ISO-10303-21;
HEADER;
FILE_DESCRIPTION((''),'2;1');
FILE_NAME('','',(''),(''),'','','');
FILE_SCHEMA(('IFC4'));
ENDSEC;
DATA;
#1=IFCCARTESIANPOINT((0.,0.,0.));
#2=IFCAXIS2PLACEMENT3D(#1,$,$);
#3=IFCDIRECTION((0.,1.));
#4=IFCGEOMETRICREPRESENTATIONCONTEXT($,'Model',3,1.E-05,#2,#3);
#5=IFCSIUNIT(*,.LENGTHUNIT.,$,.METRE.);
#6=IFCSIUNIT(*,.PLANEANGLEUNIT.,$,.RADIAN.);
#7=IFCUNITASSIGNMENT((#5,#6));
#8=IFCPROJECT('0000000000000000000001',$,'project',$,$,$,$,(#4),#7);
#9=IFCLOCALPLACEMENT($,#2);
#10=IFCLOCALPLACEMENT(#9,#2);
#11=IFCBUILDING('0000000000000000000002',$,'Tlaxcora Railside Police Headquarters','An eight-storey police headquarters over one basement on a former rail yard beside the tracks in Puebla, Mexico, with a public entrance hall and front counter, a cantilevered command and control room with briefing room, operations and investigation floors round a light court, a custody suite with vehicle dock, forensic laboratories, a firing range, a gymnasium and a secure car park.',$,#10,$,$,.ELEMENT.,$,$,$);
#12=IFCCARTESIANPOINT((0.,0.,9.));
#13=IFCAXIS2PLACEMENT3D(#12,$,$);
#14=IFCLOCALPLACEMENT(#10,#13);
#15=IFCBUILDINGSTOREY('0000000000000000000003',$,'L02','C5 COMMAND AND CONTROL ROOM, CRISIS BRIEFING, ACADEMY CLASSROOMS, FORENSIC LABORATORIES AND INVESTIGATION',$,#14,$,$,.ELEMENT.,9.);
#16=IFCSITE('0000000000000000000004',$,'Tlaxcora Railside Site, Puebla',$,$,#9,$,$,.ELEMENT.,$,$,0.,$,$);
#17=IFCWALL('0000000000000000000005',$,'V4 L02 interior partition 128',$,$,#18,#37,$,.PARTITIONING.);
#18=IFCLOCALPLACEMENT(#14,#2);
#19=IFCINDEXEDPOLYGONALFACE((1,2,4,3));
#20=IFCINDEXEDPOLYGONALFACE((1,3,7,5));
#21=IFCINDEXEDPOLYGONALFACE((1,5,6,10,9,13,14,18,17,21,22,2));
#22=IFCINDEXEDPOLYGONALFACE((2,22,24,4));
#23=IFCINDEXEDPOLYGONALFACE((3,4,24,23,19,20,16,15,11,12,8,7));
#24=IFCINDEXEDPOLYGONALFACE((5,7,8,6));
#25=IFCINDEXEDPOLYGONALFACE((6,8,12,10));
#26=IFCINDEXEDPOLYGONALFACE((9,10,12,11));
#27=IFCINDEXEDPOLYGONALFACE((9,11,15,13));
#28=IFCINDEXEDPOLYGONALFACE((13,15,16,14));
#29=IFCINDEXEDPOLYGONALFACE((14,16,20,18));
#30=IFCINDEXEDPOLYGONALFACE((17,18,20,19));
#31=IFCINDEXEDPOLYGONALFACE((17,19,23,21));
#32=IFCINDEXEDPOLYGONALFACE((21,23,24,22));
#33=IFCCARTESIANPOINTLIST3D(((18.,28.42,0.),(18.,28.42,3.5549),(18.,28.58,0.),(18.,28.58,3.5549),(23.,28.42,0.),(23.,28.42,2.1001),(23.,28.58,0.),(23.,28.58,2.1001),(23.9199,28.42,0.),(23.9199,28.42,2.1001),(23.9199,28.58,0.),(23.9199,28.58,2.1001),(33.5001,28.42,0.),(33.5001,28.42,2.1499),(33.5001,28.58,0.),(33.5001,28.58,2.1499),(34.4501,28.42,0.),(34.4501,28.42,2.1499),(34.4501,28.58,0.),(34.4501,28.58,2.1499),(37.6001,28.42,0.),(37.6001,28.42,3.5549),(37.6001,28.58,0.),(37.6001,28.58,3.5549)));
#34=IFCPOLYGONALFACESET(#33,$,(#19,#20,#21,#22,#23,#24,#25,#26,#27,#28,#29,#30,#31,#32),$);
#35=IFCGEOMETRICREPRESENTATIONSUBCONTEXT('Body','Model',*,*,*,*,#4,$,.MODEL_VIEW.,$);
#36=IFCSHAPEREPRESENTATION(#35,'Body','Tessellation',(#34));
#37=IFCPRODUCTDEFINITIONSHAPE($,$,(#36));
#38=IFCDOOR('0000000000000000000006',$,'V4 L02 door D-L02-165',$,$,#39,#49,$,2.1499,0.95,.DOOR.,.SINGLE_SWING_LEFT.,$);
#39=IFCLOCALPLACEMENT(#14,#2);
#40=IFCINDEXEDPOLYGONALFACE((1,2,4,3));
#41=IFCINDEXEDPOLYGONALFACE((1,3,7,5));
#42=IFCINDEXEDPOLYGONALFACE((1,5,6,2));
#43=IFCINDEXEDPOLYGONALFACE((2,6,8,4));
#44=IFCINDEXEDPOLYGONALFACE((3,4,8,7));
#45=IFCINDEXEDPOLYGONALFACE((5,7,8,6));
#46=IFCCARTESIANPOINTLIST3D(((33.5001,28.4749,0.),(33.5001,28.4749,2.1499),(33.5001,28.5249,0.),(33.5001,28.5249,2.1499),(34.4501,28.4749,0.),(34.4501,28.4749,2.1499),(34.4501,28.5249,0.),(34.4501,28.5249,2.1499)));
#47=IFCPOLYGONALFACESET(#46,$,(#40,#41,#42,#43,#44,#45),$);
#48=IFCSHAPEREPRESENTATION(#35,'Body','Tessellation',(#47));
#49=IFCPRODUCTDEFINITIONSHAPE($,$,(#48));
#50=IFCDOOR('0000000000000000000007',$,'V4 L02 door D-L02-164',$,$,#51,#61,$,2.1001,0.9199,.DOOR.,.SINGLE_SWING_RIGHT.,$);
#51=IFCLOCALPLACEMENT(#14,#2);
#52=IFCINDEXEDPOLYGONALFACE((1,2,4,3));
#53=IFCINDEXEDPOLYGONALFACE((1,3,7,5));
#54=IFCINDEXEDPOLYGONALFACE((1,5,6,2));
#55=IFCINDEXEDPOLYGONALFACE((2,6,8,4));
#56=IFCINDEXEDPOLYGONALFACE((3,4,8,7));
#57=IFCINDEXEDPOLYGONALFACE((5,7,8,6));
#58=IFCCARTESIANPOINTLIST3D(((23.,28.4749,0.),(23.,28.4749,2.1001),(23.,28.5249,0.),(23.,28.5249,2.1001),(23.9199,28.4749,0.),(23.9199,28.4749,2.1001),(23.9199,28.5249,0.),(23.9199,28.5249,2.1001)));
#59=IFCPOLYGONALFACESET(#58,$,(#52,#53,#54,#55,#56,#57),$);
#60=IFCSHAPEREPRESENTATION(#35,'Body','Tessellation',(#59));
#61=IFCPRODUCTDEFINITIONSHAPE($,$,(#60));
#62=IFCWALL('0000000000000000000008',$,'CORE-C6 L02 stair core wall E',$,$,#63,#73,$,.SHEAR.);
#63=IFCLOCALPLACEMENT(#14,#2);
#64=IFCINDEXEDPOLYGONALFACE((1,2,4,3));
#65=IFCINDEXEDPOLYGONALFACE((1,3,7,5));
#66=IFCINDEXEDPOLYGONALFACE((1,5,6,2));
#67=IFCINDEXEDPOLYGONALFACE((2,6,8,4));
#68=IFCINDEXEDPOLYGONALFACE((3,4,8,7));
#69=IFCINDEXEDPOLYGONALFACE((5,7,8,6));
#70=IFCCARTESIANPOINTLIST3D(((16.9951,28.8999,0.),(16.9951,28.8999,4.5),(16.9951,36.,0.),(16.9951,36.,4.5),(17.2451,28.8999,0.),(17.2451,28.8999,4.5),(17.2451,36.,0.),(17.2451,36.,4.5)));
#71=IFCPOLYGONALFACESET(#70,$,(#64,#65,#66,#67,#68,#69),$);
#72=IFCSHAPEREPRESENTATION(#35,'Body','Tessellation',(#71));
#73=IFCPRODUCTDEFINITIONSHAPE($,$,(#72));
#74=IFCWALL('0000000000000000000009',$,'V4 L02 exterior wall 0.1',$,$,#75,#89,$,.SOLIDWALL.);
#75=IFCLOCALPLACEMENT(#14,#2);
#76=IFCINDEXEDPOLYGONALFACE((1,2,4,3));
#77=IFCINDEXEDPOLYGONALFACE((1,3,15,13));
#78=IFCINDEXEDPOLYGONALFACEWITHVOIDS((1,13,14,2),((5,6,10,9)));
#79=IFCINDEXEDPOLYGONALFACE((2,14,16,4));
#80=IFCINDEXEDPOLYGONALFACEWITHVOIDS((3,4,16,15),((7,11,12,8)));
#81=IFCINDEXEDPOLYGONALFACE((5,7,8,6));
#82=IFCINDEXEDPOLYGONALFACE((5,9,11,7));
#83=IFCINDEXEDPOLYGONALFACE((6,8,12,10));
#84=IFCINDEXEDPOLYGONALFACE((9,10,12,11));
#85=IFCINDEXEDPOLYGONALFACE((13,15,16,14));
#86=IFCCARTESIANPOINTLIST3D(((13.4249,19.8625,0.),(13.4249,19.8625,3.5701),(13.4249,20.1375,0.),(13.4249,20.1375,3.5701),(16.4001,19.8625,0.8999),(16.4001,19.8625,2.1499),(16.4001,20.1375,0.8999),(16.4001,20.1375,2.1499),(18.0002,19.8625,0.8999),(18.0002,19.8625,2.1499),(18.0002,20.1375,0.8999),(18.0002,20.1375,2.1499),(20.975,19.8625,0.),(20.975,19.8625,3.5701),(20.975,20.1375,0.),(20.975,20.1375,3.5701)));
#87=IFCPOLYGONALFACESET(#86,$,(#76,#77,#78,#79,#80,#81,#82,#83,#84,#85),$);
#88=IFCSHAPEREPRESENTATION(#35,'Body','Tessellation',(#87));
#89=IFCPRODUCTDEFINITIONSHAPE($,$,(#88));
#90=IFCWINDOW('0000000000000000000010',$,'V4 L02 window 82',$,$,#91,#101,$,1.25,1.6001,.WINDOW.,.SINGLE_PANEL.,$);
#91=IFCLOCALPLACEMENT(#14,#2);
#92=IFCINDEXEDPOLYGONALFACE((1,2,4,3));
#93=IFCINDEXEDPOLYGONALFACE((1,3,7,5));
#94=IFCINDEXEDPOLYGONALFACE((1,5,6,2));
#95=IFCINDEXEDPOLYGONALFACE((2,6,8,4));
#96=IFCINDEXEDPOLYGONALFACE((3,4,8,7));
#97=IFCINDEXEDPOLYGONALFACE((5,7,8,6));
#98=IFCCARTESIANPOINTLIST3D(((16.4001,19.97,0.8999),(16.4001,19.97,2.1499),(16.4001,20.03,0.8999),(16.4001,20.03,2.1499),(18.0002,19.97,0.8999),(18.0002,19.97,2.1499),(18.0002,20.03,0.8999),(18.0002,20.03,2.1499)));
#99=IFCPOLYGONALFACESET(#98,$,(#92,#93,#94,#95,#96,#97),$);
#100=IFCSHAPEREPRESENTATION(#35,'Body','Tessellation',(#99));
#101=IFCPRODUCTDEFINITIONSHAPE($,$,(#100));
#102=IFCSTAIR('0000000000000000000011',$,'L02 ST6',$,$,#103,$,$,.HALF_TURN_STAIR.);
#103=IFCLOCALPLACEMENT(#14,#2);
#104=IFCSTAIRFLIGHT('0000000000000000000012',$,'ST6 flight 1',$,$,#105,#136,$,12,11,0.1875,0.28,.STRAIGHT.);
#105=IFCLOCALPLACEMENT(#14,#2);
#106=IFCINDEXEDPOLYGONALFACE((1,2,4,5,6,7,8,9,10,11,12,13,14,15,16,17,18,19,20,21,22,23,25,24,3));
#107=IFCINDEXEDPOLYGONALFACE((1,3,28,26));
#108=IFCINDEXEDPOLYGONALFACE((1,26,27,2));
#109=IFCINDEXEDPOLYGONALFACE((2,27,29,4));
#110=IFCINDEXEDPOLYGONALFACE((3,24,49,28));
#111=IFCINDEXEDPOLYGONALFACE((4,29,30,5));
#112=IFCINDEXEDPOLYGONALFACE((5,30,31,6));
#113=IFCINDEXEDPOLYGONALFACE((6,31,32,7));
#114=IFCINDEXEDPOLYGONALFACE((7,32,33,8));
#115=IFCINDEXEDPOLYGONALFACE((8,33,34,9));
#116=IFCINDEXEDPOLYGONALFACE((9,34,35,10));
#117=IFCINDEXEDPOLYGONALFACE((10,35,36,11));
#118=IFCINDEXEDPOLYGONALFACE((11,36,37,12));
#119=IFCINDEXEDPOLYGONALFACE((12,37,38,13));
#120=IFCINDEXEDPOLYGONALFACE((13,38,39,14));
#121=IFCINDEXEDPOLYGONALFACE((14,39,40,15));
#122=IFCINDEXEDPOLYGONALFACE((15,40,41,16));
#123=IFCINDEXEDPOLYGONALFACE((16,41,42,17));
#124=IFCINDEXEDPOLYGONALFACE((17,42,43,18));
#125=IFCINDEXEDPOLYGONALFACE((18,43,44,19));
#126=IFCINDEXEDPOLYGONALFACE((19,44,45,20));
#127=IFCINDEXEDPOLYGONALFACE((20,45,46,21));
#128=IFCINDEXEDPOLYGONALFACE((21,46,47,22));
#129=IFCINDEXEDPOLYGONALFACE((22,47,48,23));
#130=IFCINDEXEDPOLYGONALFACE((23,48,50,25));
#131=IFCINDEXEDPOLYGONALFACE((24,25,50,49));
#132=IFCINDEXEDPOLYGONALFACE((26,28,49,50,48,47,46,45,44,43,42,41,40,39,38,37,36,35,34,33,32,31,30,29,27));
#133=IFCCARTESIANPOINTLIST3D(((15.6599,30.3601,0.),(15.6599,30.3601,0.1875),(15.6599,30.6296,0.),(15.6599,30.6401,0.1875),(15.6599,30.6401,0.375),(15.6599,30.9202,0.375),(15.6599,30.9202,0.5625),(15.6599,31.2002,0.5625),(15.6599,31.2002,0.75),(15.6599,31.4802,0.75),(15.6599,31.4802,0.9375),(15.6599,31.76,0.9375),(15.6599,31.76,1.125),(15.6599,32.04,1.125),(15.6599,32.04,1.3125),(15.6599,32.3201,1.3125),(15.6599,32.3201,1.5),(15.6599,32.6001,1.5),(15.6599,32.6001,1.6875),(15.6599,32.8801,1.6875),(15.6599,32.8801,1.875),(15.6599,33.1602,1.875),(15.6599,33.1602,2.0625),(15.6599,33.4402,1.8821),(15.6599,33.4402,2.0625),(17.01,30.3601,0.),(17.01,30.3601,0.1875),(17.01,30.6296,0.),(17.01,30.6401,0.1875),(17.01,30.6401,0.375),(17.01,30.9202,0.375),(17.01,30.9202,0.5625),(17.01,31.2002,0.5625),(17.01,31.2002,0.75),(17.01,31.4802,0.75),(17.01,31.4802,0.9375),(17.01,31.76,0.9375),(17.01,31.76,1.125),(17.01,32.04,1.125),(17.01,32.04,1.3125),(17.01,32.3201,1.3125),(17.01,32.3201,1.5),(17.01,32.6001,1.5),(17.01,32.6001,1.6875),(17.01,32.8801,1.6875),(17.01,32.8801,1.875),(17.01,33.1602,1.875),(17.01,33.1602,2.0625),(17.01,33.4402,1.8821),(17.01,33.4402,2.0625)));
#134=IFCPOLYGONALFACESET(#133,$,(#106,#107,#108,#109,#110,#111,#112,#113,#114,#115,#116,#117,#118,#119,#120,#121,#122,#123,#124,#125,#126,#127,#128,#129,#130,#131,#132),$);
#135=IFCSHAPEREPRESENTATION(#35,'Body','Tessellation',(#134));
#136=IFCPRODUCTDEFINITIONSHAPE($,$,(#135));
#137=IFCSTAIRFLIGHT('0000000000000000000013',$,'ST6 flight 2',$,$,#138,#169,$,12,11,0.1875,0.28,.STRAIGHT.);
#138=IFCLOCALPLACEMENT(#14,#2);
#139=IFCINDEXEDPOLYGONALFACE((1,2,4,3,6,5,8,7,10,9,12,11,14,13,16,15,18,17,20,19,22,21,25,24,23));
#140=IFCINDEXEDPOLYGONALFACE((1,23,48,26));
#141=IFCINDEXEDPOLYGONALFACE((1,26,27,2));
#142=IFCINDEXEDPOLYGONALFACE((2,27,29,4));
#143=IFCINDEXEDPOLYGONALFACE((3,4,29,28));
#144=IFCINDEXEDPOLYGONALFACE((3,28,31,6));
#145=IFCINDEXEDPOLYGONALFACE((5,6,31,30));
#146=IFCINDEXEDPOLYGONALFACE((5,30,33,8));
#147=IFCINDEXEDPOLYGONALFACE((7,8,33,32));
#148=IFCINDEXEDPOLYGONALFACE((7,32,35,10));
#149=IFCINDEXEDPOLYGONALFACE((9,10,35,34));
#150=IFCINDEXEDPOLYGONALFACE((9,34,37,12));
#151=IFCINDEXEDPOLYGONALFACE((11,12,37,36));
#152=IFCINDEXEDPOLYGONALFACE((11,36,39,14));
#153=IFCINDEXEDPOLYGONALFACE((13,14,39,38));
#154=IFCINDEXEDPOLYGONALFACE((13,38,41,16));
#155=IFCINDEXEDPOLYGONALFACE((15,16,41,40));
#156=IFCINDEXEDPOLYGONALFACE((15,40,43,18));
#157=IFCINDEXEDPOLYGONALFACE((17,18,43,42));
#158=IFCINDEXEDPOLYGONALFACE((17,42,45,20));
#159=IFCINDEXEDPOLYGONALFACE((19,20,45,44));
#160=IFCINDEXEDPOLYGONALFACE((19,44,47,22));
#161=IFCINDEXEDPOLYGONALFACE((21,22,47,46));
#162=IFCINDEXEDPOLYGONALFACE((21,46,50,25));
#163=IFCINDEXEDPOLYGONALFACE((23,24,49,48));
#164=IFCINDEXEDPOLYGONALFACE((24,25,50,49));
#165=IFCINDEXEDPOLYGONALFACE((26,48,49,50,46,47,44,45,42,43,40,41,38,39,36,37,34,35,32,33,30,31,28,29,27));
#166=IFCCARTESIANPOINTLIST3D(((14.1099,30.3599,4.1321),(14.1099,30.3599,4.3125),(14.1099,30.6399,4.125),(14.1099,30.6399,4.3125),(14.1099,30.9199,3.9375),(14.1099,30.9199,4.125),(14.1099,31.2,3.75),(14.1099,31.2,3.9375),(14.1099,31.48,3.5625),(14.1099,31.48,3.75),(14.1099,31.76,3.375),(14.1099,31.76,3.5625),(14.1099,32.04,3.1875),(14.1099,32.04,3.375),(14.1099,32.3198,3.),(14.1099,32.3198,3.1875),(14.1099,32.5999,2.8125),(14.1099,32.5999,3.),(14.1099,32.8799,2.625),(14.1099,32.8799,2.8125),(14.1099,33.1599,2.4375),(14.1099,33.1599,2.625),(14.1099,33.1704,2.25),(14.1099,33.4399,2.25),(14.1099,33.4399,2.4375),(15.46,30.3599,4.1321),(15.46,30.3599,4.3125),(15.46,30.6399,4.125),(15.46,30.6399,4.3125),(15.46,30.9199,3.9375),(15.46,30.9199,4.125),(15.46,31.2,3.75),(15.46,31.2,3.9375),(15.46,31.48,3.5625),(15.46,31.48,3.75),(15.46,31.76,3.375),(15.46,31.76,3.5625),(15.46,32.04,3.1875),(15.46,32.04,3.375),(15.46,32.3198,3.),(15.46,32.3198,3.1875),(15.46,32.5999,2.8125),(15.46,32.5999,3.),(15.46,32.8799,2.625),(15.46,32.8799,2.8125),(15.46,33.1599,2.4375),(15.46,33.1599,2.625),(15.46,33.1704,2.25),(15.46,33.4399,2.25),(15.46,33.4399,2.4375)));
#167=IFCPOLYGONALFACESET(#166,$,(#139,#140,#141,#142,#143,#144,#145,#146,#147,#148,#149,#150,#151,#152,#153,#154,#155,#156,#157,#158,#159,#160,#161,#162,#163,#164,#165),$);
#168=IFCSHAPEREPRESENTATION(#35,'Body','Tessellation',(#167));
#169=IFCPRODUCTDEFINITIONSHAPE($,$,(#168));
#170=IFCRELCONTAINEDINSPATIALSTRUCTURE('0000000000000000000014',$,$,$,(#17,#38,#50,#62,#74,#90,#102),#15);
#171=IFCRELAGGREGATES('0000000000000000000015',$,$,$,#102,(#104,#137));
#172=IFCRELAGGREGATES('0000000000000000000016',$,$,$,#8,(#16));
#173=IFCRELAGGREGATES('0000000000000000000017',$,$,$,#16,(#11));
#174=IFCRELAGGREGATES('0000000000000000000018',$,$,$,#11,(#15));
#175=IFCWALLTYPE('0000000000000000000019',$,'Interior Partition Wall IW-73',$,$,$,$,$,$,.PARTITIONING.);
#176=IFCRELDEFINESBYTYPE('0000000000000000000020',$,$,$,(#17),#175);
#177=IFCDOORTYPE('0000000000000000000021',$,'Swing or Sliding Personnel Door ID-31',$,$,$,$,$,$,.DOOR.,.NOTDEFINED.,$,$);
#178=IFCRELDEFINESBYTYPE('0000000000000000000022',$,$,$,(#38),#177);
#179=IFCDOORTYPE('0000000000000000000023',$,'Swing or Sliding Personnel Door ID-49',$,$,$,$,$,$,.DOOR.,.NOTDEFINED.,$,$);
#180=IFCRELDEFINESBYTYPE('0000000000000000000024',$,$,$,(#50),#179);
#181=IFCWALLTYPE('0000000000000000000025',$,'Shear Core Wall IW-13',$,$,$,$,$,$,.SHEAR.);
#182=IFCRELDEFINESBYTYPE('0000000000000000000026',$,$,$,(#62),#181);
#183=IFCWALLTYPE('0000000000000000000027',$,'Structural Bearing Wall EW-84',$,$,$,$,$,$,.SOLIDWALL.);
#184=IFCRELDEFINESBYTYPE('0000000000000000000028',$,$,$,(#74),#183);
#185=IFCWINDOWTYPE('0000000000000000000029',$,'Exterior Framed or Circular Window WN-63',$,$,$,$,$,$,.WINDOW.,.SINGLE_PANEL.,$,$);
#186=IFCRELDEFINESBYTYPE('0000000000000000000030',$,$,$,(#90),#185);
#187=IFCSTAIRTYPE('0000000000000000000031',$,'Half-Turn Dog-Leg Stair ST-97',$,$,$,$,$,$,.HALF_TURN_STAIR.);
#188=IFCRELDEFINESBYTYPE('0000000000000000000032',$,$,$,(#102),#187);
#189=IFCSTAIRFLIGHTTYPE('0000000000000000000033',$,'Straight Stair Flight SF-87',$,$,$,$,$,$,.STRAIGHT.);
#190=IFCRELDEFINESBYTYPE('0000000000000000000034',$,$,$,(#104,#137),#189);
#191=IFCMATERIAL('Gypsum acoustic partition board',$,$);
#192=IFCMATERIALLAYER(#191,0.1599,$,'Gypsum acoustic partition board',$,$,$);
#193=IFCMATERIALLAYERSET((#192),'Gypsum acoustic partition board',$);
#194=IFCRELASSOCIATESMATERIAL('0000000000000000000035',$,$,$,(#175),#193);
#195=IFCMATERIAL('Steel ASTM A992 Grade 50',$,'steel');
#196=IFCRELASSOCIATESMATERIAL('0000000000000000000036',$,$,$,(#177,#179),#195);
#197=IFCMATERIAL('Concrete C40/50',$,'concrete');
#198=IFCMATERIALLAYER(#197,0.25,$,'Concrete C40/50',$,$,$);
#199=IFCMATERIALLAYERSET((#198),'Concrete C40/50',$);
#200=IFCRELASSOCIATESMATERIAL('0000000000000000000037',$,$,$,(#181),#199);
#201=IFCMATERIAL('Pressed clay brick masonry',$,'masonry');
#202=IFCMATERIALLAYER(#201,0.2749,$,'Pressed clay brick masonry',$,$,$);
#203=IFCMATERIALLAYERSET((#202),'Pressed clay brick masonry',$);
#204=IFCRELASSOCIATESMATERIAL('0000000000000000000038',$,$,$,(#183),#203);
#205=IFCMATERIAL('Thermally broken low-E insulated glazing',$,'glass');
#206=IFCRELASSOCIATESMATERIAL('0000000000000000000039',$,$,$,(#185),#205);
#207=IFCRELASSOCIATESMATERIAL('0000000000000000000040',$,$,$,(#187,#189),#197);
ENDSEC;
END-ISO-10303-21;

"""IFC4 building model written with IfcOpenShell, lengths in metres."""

from ifc_helpers import new_model, si_unit, direction, frame, frame_2d, origin, place, context, subcontext, project, spatial, polyline, rectangle, outline, extrude, material, layer, layer_set, type_object, element, fill, aggregate, save


model = new_model("IFC4")

# Units and contexts
model_context = context("Model", 3, precision=1e-05, world=origin(), true_north=direction((0.0, 1.0)))
body_context = subcontext(model_context, "Body", "Model", "MODEL_VIEW")
ifc_project = project(units=[si_unit("LENGTHUNIT", "METRE"), si_unit("PLANEANGLEUNIT", "RADIAN")], contexts=[model_context])

# Site, building, storey
site_placement = place(None, origin())
site = spatial("IfcSite", under=ifc_project, at=site_placement, Name="Tlaxcora Railside Site, Puebla", CompositionType="ELEMENT", RefElevation=0.0)
building_placement = place(site_placement, origin())
building = spatial("IfcBuilding", under=site, at=building_placement, Name="Tlaxcora Railside Police Headquarters", Description="An eight-storey police headquarters over one basement on a former rail yard beside the tracks in Puebla, Mexico, with a public entrance hall and front counter, a cantilevered command and control room with briefing room, operations and investigation floors round a light court, a custody suite with vehicle dock, forensic laboratories, a firing range, a gymnasium and a secure car park.", CompositionType="ELEMENT")
storey_placement = place(building_placement, frame((0.0, 0.0, 9.0)))
storey = spatial("IfcBuildingStorey", under=building, at=storey_placement, Name="L02", Description="C5 COMMAND AND CONTROL ROOM, CRISIS BRIEFING, ACADEMY CLASSROOMS, FORENSIC LABORATORIES AND INVESTIGATION", CompositionType="ELEMENT", Elevation=9.0)

# Shared definitions
ifc_material_1 = material(Name="Concrete C40/50", Category="concrete")

# Shared definitions
ifc_material_2 = material(Name="Steel ASTM A992 Grade 50", Category="steel")

# Shared definitions
ifc_material_3 = material(Name="Gypsum acoustic partition board")
ifc_layer_1 = layer(ifc_material_3, 0.1599, Name="Gypsum acoustic partition board")
ifc_layer_set_1 = layer_set([ifc_layer_1], Name="Gypsum acoustic partition board")
wall_type_1 = type_object("IfcWallType", Name="Interior Partition Wall IW-73", PredefinedType="PARTITIONING", material=ifc_layer_set_1)

# Wall, openings, doors
wall_1_placement = place(storey_placement, frame((18.0, 28.5, 0.0), z_axis=(0.0, 0.0, 1.0), x_axis=(1.0, 0.0, 0.0)))
wall_1 = element("IfcWall", 1, at=wall_1_placement, inside=storey, type_object=wall_type_1, Name="V4 L02 interior partition 128", PredefinedType="PARTITIONING", context=body_context, shape_type="SweptSolid", body=[
    extrude(rectangle(XDim=19.6001, YDim=0.1599, at=frame_2d((9.8, 0.0))), origin(), (0.0, 0.0, 1.0), 3.5549),
])
opening_1_placement = place(wall_1_placement, frame((5.0, 0.0, 0.0)))
opening_1 = element("IfcOpeningElement", 2, at=opening_1_placement, cuts=wall_1, PredefinedType="OPENING", context=body_context, shape_type="SweptSolid", body=[
    extrude(rectangle(XDim=0.9199, YDim=2.1001, at=frame_2d((0.46, 1.05))), frame((0.0, 0.0898, 0.0), z_axis=(0.0, -1.0, 0.0), x_axis=(1.0, 0.0, 0.0)), (0.0, 0.0, 1.0), 0.1799),
])
opening_2_placement = place(wall_1_placement, frame((15.5, 0.0, 0.0)))
opening_2 = element("IfcOpeningElement", 3, at=opening_2_placement, cuts=wall_1, PredefinedType="OPENING", context=body_context, shape_type="SweptSolid", body=[
    extrude(rectangle(XDim=0.95, YDim=2.1499, at=frame_2d((0.4751, 1.075))), frame((0.0, 0.0898, 0.0), z_axis=(0.0, -1.0, 0.0), x_axis=(1.0, 0.0, 0.0)), (0.0, 0.0, 1.0), 0.1799),
])
door_type_1 = type_object("IfcDoorType", Name="Swing or Sliding Personnel Door ID-31", OperationType="NOTDEFINED", PredefinedType="DOOR", material=ifc_material_2)
door_1_placement = place(opening_2_placement, origin())
door_1 = element("IfcDoor", 4, at=door_1_placement, inside=storey, type_object=door_type_1, Name="V4 L02 door D-L02-165", OperationType="SINGLE_SWING_LEFT", OverallHeight=2.1499, OverallWidth=0.95, PredefinedType="DOOR", context=body_context, shape_type="SweptSolid", body=[
    extrude(rectangle(XDim=0.95, YDim=2.1499, at=frame_2d((0.4751, 1.075))), frame((0.0, 0.0249, 0.0), z_axis=(0.0, -1.0, 0.0), x_axis=(1.0, 0.0, 0.0)), (0.0, 0.0, 1.0), 0.05),
])
fill(opening_2, door_1)
door_type_2 = type_object("IfcDoorType", Name="Swing or Sliding Personnel Door ID-49", OperationType="NOTDEFINED", PredefinedType="DOOR", material=ifc_material_2)
door_2_placement = place(opening_1_placement, origin())
door_2 = element("IfcDoor", 5, at=door_2_placement, inside=storey, type_object=door_type_2, Name="V4 L02 door D-L02-164", OperationType="SINGLE_SWING_RIGHT", OverallHeight=2.1001, OverallWidth=0.9199, PredefinedType="DOOR", context=body_context, shape_type="SweptSolid", body=[
    extrude(rectangle(XDim=0.9199, YDim=2.1001, at=frame_2d((0.46, 1.05))), frame((0.0, 0.0249, 0.0), z_axis=(0.0, -1.0, 0.0), x_axis=(1.0, 0.0, 0.0)), (0.0, 0.0, 1.0), 0.05),
])
fill(opening_1, door_2)

# Shared definitions
ifc_layer_2 = layer(ifc_material_1, 0.25, Name="Concrete C40/50")
ifc_layer_set_2 = layer_set([ifc_layer_2], Name="Concrete C40/50")
wall_type_2 = type_object("IfcWallType", Name="Shear Core Wall IW-13", PredefinedType="SHEAR", material=ifc_layer_set_2)

# Wall
wall_2_placement = place(storey_placement, frame((17.1201, 28.8999, 0.0), z_axis=(0.0, 0.0, 1.0), x_axis=(0.0, 1.0, 0.0)))
element("IfcWall", 6, at=wall_2_placement, inside=storey, type_object=wall_type_2, Name="CORE-C6 L02 stair core wall E", PredefinedType="SHEAR", context=body_context, shape_type="SweptSolid", body=[
    extrude(rectangle(XDim=7.1001, YDim=0.25, at=frame_2d((3.55, 0.0))), origin(), (0.0, 0.0, 1.0), 4.5),
])

# Wall, opening, window
ifc_material_4 = material(Name="Pressed clay brick masonry", Category="masonry")
ifc_layer_3 = layer(ifc_material_4, 0.2749, Name="Pressed clay brick masonry")
ifc_layer_set_3 = layer_set([ifc_layer_3], Name="Pressed clay brick masonry")
wall_type_3 = type_object("IfcWallType", Name="Structural Bearing Wall EW-84", PredefinedType="SOLIDWALL", material=ifc_layer_set_3)
wall_3_placement = place(storey_placement, frame((13.425, 20.0, 0.0), z_axis=(0.0, 0.0, 1.0), x_axis=(1.0, 0.0, 0.0)))
wall_3 = element("IfcWall", 7, at=wall_3_placement, inside=storey, type_object=wall_type_3, Name="V4 L02 exterior wall 0.1", PredefinedType="SOLIDWALL", context=body_context, shape_type="SweptSolid", body=[
    extrude(rectangle(XDim=7.55, YDim=0.2749, at=frame_2d((3.7749, 0.0))), origin(), (0.0, 0.0, 1.0), 3.5701),
])
opening_3_placement = place(wall_3_placement, frame((2.9751, 0.0, 0.8999)))
opening_3 = element("IfcOpeningElement", 8, at=opening_3_placement, cuts=wall_3, PredefinedType="OPENING", context=body_context, shape_type="SweptSolid", body=[
    extrude(rectangle(XDim=1.6001, YDim=1.25, at=frame_2d((0.8, 0.625))), frame((0.0, 0.1475, 0.0), z_axis=(0.0, -1.0, 0.0), x_axis=(1.0, 0.0, 0.0)), (0.0, 0.0, 1.0), 0.2949),
])
ifc_material_5 = material(Name="Thermally broken low-E insulated glazing", Category="glass")
window_type = type_object("IfcWindowType", Name="Exterior Framed or Circular Window WN-63", PartitioningType="SINGLE_PANEL", PredefinedType="WINDOW", material=ifc_material_5)
window_placement = place(opening_3_placement, origin())
window = element("IfcWindow", 9, at=window_placement, inside=storey, type_object=window_type, Name="V4 L02 window 82", OverallHeight=1.25, OverallWidth=1.6001, PartitioningType="SINGLE_PANEL", PredefinedType="WINDOW", context=body_context, shape_type="SweptSolid", body=[
    extrude(rectangle(XDim=1.6001, YDim=1.25, at=frame_2d((0.8, 0.625))), frame((0.0, 0.03, 0.0), z_axis=(0.0, -1.0, 0.0), x_axis=(1.0, 0.0, 0.0)), (0.0, 0.0, 1.0), 0.0601),
])
fill(opening_3, window)

# Stair, stair flights
stair_type = type_object("IfcStairType", Name="Half-Turn Dog-Leg Stair ST-97", PredefinedType="HALF_TURN_STAIR", material=ifc_material_1)
stair_placement = place(storey_placement, origin())
stair = element("IfcStair", 10, at=stair_placement, inside=storey, type_object=stair_type, Name="L02 ST6", PredefinedType="HALF_TURN_STAIR")
stair_flight_type = type_object("IfcStairFlightType", Name="Straight Stair Flight SF-87", PredefinedType="STRAIGHT", material=ifc_material_1)
stair_flight_1_placement = place(storey_placement, frame((16.335, 30.3601, 0.0), z_axis=(0.0, 0.0, 1.0), x_axis=(0.0, 1.0, 0.0)))
stair_flight_1 = element("IfcStairFlight", 11, at=stair_flight_1_placement, type_object=stair_flight_type, Name="ST6 flight 1", NumberOfRisers=12, NumberOfTreads=11, PredefinedType="STRAIGHT", RiserHeight=0.1875, TreadLength=0.28, context=body_context, shape_type="SweptSolid", body=[
    extrude(outline(polyline([(0.0, 0.0), (0.0, 0.1875), (0.28, 0.1875), (0.28, 0.375), (0.5601, 0.375), (0.5601, 0.5625), (0.8401, 0.5625), (0.8401, 0.75), (1.1201, 0.75), (1.1201, 0.9375), (1.3999, 0.9375), (1.3999, 1.125), (1.6799, 1.125), (1.6799, 1.3125), (1.96, 1.3125), (1.96, 1.5), (2.24, 1.5), (2.24, 1.6875), (2.52, 1.6875), (2.52, 1.875), (2.8, 1.875), (2.8, 2.0625), (3.0801, 2.0625), (3.0801, 2.25), (3.0801, 1.8821), (0.2695, 0.0), (0.0, 0.0)])), frame((0.0, 0.675, 0.0), z_axis=(0.0, -1.0, 0.0), x_axis=(1.0, 0.0, 0.0)), (0.0, 0.0, 1.0), 1.3501),
])
stair_flight_2_placement = place(storey_placement, frame((14.7849, 33.4399, 2.25), z_axis=(0.0, 0.0, 1.0), x_axis=(0.0, -1.0, 0.0)))
stair_flight_2 = element("IfcStairFlight", 12, at=stair_flight_2_placement, type_object=stair_flight_type, Name="ST6 flight 2", NumberOfRisers=12, NumberOfTreads=11, PredefinedType="STRAIGHT", RiserHeight=0.1875, TreadLength=0.28, context=body_context, shape_type="SweptSolid", body=[
    extrude(outline(polyline([(0.0, 0.0), (0.0, 0.1875), (0.28, 0.1875), (0.28, 0.375), (0.5601, 0.375), (0.5601, 0.5625), (0.8401, 0.5625), (0.8401, 0.75), (1.1201, 0.75), (1.1201, 0.9375), (1.3999, 0.9375), (1.3999, 1.125), (1.6799, 1.125), (1.6799, 1.3125), (1.96, 1.3125), (1.96, 1.5), (2.24, 1.5), (2.24, 1.6875), (2.52, 1.6875), (2.52, 1.875), (2.8, 1.875), (2.8, 2.0625), (3.0801, 2.0625), (3.0801, 2.25), (3.0801, 1.8821), (0.2695, 0.0), (0.0, 0.0)])), frame((0.0, 0.675, 0.0), z_axis=(0.0, -1.0, 0.0), x_axis=(1.0, 0.0, 0.0)), (0.0, 0.0, 1.0), 1.3501),
])
aggregate(stair, [stair_flight_1, stair_flight_2])

save(model, "model.ifc")
